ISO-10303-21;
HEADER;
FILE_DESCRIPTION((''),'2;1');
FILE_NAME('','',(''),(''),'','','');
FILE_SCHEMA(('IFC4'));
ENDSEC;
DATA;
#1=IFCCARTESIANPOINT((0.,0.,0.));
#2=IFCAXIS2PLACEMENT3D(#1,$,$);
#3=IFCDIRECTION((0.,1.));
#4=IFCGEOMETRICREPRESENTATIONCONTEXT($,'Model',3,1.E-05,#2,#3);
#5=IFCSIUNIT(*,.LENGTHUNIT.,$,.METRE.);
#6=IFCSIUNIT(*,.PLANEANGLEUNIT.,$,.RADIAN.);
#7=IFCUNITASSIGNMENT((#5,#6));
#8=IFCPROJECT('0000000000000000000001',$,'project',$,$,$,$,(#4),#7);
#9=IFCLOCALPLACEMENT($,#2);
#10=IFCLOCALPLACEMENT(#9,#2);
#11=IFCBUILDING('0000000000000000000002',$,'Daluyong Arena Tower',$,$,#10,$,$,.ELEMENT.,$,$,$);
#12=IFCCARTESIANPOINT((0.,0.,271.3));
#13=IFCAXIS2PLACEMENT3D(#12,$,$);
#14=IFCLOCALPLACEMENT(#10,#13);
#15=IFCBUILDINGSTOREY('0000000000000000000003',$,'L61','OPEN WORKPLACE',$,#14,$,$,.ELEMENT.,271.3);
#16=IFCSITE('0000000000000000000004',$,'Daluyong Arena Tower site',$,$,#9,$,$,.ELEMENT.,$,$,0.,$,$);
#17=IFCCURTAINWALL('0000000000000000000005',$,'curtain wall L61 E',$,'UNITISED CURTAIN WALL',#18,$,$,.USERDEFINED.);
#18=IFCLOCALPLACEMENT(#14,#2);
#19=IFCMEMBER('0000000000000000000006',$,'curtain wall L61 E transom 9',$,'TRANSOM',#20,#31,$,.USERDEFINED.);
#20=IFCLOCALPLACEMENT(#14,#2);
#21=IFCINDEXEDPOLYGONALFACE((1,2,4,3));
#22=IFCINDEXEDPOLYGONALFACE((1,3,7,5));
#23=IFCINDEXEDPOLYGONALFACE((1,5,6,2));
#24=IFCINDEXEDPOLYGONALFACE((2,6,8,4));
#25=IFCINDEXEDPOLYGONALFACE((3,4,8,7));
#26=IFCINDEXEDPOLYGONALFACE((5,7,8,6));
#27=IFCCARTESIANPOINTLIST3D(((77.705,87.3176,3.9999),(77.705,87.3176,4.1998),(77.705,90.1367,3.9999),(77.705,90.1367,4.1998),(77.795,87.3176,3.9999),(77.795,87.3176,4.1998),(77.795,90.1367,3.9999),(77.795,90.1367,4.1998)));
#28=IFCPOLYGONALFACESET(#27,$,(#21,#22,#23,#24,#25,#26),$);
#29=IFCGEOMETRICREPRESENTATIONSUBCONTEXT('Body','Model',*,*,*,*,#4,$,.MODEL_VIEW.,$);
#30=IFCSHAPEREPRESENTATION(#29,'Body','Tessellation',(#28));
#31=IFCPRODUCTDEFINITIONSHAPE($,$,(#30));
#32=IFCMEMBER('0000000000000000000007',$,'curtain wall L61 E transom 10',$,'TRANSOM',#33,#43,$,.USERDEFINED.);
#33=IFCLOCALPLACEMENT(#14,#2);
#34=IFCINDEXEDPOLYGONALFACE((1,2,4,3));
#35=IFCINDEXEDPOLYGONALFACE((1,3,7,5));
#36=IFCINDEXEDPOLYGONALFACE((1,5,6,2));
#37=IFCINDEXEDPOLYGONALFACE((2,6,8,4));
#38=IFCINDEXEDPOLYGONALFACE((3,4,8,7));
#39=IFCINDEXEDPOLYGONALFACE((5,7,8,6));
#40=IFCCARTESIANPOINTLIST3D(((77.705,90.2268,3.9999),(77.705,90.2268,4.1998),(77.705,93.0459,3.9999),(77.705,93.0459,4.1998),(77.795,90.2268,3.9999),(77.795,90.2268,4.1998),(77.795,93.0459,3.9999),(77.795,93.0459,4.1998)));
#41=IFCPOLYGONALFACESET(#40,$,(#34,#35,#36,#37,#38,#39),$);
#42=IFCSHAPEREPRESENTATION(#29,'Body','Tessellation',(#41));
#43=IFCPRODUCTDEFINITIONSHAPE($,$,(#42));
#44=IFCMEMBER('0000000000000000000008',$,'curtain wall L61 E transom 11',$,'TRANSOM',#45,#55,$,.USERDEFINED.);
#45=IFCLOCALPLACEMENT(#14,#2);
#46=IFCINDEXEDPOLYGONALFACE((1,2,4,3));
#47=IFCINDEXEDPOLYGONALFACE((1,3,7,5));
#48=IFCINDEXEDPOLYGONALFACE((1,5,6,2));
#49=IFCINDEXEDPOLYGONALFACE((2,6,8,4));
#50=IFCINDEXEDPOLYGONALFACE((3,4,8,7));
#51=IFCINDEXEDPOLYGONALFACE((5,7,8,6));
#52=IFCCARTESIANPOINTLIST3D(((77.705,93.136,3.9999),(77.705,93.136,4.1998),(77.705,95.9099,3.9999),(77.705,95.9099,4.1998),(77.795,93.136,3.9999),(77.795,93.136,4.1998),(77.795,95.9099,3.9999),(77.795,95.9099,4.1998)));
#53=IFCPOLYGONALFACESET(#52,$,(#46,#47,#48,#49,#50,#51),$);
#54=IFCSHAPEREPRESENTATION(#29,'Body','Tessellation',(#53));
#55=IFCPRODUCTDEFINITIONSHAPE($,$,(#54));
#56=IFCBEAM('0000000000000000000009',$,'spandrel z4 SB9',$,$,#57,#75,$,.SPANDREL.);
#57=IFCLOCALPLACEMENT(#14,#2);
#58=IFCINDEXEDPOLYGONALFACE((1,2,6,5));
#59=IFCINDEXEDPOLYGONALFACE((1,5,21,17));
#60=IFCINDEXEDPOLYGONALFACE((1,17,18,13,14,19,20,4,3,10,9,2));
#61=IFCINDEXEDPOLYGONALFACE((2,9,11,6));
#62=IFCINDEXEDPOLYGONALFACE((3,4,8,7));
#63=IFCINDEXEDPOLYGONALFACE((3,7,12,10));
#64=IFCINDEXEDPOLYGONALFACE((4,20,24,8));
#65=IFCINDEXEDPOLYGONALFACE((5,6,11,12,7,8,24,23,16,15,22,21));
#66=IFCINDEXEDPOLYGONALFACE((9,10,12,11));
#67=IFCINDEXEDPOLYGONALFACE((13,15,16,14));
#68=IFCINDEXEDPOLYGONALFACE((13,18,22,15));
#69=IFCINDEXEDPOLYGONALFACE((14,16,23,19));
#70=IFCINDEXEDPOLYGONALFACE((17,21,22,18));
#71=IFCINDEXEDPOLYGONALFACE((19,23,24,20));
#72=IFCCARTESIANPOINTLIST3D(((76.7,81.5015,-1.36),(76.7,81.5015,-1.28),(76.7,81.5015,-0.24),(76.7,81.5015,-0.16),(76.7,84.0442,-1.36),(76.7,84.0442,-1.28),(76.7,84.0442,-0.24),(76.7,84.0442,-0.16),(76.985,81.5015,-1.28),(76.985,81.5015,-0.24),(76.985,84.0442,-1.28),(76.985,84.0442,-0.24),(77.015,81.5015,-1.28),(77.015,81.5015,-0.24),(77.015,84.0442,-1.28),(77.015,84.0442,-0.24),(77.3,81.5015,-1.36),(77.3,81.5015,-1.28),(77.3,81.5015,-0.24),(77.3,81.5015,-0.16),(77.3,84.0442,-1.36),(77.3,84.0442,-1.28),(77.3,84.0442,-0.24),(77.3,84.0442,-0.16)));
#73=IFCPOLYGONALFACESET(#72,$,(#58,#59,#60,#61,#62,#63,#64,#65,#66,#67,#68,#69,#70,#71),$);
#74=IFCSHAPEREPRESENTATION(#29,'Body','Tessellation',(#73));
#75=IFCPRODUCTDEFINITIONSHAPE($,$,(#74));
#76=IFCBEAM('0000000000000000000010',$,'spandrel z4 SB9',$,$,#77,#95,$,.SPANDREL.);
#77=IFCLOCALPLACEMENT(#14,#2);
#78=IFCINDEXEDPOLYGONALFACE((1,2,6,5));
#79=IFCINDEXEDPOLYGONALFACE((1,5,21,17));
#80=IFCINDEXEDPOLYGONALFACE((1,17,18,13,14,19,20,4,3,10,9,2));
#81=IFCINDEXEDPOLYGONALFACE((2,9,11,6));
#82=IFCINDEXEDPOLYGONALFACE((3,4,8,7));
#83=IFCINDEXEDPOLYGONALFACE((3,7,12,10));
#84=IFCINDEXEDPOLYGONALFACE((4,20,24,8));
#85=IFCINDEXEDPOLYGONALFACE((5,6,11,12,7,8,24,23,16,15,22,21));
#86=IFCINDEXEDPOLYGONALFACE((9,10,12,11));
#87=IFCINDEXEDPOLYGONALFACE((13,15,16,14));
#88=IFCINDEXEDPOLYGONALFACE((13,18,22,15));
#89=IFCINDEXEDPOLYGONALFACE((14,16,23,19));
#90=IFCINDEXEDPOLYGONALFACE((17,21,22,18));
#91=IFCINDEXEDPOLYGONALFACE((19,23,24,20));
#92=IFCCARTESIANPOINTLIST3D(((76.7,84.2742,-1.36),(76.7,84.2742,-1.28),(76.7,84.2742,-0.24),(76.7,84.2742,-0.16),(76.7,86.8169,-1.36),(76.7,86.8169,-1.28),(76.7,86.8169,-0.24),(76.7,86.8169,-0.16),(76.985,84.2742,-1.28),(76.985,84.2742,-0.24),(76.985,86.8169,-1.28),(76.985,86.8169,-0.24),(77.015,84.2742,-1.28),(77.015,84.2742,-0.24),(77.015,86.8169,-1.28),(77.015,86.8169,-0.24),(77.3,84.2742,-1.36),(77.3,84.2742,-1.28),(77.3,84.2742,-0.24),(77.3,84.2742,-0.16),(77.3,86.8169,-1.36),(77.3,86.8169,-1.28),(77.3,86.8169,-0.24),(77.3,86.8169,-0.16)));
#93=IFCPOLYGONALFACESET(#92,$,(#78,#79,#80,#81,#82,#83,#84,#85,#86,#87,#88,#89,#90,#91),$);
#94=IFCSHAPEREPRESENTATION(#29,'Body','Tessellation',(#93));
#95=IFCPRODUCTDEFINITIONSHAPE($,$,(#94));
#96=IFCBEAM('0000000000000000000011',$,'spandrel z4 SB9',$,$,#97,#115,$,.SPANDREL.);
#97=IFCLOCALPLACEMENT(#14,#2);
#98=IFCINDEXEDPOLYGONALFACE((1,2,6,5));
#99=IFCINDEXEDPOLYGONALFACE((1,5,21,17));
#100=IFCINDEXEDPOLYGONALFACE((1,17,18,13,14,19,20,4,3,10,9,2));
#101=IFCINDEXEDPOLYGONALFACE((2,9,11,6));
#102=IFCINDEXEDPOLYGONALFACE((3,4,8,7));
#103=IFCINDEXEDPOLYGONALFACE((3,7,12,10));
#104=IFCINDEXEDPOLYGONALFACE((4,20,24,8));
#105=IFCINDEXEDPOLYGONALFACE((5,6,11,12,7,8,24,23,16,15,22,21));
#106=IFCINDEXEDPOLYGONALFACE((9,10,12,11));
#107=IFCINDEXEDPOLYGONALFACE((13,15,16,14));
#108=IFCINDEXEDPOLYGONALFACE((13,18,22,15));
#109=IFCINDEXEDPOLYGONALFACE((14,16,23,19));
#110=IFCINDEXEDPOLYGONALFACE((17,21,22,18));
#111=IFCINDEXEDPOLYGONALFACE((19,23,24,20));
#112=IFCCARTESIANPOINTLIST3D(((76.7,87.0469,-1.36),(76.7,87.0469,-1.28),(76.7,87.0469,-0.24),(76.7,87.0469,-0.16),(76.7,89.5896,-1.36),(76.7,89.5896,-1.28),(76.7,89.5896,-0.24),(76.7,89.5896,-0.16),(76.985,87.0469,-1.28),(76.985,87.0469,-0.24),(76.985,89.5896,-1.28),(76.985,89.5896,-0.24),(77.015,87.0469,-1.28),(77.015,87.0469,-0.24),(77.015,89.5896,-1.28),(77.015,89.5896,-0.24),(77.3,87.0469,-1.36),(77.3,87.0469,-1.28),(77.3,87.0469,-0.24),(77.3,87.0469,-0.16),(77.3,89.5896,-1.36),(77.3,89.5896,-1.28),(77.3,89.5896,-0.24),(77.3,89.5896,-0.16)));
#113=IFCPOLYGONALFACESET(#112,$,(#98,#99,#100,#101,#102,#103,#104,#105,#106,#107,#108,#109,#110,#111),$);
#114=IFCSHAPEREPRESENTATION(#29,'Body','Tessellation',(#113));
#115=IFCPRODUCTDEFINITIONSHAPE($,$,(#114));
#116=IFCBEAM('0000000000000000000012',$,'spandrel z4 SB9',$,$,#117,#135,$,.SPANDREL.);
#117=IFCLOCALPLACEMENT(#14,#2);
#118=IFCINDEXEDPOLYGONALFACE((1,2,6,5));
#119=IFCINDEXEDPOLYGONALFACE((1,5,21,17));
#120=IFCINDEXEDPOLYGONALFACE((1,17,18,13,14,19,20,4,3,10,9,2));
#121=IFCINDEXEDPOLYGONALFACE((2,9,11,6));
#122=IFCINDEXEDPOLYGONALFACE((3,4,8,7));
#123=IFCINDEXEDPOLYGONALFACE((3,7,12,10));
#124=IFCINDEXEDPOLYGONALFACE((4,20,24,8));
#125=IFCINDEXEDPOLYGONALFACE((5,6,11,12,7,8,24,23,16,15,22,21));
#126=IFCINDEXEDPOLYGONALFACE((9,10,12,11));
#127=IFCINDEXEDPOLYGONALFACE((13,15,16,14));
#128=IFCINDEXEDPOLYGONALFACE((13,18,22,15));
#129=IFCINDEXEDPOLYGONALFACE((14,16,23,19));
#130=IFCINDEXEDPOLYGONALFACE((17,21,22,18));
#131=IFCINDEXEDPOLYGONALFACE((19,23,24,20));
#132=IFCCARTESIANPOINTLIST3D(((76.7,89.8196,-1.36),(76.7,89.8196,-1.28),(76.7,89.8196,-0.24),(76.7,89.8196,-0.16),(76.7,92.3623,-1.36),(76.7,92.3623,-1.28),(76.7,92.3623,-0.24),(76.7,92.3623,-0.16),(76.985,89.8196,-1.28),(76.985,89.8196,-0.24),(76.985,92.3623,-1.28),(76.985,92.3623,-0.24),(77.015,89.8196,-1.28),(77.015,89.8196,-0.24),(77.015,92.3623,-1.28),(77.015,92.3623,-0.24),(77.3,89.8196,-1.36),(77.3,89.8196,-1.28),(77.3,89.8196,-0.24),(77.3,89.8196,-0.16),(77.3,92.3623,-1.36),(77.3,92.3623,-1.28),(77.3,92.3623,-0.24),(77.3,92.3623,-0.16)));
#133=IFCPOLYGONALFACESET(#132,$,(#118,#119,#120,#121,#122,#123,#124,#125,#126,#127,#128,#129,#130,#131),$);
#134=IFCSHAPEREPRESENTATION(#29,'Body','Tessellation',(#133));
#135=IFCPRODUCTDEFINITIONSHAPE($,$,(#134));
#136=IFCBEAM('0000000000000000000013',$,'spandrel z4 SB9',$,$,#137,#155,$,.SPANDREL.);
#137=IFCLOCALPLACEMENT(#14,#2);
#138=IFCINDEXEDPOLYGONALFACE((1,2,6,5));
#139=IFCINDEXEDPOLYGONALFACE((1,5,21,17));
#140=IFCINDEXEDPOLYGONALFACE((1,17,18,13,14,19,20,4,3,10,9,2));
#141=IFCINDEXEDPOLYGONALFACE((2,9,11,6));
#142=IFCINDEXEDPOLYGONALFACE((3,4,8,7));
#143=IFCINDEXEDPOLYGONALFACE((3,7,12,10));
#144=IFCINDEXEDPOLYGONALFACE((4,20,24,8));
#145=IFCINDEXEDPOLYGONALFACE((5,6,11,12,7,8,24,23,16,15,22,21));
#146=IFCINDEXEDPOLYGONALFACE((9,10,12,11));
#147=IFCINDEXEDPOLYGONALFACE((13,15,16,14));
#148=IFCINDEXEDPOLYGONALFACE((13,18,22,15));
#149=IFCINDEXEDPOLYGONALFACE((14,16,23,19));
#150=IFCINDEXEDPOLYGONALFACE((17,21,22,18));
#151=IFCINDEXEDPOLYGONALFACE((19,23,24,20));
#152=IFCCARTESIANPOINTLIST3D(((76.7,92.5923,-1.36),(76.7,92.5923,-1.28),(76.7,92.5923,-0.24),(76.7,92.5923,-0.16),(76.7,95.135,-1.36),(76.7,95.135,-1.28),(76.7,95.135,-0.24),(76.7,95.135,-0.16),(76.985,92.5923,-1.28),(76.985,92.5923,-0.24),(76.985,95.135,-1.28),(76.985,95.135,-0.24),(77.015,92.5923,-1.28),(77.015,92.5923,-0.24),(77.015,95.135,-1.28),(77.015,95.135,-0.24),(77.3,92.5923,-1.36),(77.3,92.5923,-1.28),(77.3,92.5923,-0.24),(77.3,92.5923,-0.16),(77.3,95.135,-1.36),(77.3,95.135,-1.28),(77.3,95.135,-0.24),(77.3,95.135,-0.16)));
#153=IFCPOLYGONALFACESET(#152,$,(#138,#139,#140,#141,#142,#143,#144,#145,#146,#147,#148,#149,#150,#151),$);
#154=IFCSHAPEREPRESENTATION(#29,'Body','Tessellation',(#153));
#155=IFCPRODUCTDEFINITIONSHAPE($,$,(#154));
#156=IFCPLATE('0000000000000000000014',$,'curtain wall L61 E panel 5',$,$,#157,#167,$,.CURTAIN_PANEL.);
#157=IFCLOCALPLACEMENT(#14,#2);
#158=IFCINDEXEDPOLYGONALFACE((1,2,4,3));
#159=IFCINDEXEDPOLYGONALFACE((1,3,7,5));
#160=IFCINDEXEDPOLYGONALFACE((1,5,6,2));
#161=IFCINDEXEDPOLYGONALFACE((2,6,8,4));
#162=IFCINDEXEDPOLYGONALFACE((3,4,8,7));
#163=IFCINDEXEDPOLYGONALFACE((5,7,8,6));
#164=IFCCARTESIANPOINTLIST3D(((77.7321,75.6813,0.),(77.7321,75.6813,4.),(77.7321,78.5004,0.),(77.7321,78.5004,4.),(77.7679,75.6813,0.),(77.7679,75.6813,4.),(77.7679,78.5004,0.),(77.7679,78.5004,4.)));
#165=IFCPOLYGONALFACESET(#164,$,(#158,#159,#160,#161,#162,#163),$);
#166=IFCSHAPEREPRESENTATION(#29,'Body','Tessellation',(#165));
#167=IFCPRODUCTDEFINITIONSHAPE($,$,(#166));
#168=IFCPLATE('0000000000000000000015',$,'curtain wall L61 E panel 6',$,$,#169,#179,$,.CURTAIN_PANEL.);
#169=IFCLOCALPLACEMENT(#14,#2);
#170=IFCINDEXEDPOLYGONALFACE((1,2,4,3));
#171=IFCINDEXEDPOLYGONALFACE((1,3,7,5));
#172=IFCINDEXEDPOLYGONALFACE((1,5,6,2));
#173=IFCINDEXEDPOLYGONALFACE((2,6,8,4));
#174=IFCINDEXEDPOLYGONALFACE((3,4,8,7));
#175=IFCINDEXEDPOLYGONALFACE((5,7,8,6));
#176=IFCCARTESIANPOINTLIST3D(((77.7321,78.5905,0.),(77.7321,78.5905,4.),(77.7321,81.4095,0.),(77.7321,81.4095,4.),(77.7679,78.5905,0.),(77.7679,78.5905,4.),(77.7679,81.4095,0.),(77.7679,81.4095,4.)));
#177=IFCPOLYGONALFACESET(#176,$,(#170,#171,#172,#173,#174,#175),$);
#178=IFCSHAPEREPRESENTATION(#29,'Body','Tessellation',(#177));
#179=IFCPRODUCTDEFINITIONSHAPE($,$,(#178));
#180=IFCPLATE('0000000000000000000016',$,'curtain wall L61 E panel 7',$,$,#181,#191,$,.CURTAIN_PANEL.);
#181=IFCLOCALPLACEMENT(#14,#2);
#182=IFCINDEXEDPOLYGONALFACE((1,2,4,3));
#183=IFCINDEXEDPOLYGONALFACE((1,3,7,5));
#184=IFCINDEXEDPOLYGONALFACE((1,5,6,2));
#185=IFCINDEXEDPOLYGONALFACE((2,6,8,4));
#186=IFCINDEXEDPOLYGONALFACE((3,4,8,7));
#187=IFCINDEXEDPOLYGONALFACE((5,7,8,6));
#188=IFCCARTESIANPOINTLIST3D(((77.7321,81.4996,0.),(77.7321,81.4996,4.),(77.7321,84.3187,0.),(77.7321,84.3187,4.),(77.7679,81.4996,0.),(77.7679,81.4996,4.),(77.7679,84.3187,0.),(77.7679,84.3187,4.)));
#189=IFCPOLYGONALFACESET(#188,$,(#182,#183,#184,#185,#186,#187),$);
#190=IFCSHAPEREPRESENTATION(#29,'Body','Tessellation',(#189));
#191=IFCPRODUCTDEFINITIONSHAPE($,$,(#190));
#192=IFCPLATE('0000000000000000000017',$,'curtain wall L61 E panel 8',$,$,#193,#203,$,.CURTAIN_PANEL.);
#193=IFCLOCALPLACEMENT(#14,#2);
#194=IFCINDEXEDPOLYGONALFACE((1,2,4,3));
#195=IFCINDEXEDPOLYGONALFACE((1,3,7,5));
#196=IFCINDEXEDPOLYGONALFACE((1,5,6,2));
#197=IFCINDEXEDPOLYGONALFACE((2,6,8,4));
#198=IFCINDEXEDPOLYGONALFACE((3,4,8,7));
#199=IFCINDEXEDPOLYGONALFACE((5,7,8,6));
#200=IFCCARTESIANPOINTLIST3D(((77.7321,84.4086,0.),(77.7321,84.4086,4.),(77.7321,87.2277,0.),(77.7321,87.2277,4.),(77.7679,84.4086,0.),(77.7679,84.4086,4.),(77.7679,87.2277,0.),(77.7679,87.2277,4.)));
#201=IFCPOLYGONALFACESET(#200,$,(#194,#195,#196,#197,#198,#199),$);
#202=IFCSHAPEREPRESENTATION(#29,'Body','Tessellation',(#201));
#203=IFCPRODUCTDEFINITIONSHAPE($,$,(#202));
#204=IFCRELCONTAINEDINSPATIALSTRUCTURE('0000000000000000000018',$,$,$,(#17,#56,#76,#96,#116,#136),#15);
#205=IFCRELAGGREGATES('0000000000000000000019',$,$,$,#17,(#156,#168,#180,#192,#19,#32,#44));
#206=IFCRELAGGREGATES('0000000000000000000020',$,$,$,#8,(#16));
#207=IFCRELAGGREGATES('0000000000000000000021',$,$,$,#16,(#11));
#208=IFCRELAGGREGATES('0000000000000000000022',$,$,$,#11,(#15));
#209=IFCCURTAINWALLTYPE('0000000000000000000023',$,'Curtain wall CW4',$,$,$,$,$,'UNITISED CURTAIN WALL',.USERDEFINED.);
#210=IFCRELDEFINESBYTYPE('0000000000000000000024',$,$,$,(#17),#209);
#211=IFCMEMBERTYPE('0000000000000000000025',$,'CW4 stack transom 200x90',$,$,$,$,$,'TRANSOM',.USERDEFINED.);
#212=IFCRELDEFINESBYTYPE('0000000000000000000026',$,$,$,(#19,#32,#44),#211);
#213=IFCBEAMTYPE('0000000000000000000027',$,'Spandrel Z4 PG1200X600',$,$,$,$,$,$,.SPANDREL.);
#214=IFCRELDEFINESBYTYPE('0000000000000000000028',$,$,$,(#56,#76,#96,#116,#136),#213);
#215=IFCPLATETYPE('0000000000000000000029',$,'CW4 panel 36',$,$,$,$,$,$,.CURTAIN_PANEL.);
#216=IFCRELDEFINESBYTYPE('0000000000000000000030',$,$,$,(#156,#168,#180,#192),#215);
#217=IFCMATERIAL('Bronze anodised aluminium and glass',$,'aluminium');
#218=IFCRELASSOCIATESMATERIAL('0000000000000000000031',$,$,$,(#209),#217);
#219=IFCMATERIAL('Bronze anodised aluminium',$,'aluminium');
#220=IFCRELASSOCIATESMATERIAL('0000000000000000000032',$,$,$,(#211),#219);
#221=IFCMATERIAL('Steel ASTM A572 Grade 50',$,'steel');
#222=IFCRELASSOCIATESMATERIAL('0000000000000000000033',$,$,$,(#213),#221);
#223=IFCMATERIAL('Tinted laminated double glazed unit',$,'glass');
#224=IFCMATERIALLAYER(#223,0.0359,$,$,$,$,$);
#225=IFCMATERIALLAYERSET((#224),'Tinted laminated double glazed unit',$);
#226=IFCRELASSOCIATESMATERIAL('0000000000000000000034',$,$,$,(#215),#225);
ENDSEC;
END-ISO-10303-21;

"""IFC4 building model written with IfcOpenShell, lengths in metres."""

from ifc_helpers import new_model, si_unit, direction, frame, origin, origin_2d, place, context, subcontext, project, spatial, rectangle, i_section, extrude, material, layer, layer_set, material_profile, profile_set, type_object, element, aggregate, save


model = new_model("IFC4")

# Units and contexts
model_context = context("Model", 3, precision=1e-05, world=origin(), true_north=direction((0.0, 1.0)))
body_context = subcontext(model_context, "Body", "Model", "MODEL_VIEW")
ifc_project = project(units=[si_unit("LENGTHUNIT", "METRE"), si_unit("PLANEANGLEUNIT", "RADIAN")], contexts=[model_context])

# Site, building, storey
site_placement = place(None, origin())
site = spatial("IfcSite", under=ifc_project, at=site_placement, Name="Daluyong Arena Tower site", CompositionType="ELEMENT", RefElevation=0.0)
building_placement = place(site_placement, origin())
building = spatial("IfcBuilding", under=site, at=building_placement, Name="Daluyong Arena Tower", CompositionType="ELEMENT")
storey_placement = place(building_placement, frame((0.0, 0.0, 271.3)))
storey = spatial("IfcBuildingStorey", under=building, at=storey_placement, Name="L61", Description="OPEN WORKPLACE", CompositionType="ELEMENT", Elevation=271.3)

# Curtain wall, members
ifc_material_1 = material(Name="Bronze anodised aluminium and glass", Category="aluminium")
curtain_wall_type = type_object("IfcCurtainWallType", Name="Curtain wall CW4", ElementType="UNITISED CURTAIN WALL", PredefinedType="USERDEFINED", material=ifc_material_1)
curtain_wall_placement = place(storey_placement, origin())
curtain_wall = element("IfcCurtainWall", 1, at=curtain_wall_placement, inside=storey, type_object=curtain_wall_type, Name="curtain wall L61 E", ObjectType="UNITISED CURTAIN WALL", PredefinedType="USERDEFINED")
ifc_material_2 = material(Name="Bronze anodised aluminium", Category="aluminium")
ifc_material_profile_1 = material_profile(ifc_material_2, rectangle(XDim=0.0901, YDim=0.2, at=origin_2d()))
ifc_profile_set_1 = profile_set([ifc_material_profile_1], Name="Bronze anodised aluminium")
member_type_1 = type_object("IfcMemberType", Name="CW4 stack transom 200x90", ElementType="TRANSOM", PredefinedType="USERDEFINED", material=ifc_profile_set_1)
member_1_placement = place(storey_placement, frame((77.75, 87.3176, 4.0999), z_axis=(0.0, 1.0, 0.0), x_axis=(-1.0, 0.0, 0.0)))
member_1 = element("IfcMember", 2, at=member_1_placement, type_object=member_type_1, Name="curtain wall L61 E transom 9", ObjectType="TRANSOM", PredefinedType="USERDEFINED", context=body_context, shape_type="SweptSolid", body=[
    extrude(rectangle(XDim=0.0901, YDim=0.2, at=origin_2d()), origin(), (0.0, 0.0, 1.0), 2.8191),
])
member_2_placement = place(storey_placement, frame((77.75, 90.2268, 4.0999), z_axis=(0.0, 1.0, 0.0), x_axis=(-1.0, 0.0, 0.0)))
member_2 = element("IfcMember", 3, at=member_2_placement, type_object=member_type_1, Name="curtain wall L61 E transom 10", ObjectType="TRANSOM", PredefinedType="USERDEFINED", context=body_context, shape_type="SweptSolid", body=[
    extrude(rectangle(XDim=0.0901, YDim=0.2, at=origin_2d()), origin(), (0.0, 0.0, 1.0), 2.8191),
])
member_3_placement = place(storey_placement, frame((77.75, 93.136, 4.0999), z_axis=(0.0, 1.0, 0.0), x_axis=(-1.0, 0.0, 0.0)))
member_3 = element("IfcMember", 4, at=member_3_placement, type_object=member_type_1, Name="curtain wall L61 E transom 11", ObjectType="TRANSOM", PredefinedType="USERDEFINED", context=body_context, shape_type="SweptSolid", body=[
    extrude(rectangle(XDim=0.0901, YDim=0.2, at=origin_2d()), origin(), (0.0, 0.0, 1.0), 2.7739),
])

# Beams
ifc_material_3 = material(Name="Steel ASTM A572 Grade 50", Category="steel")
ifc_material_profile_2 = material_profile(ifc_material_3, i_section(OverallWidth=0.6001, OverallDepth=1.2, WebThickness=0.03, FlangeThickness=0.08, at=origin_2d()))
ifc_profile_set_2 = profile_set([ifc_material_profile_2], Name="Steel ASTM A572 Grade 50")
beam_type = type_object("IfcBeamType", Name="Spandrel Z4 PG1200X600", PredefinedType="SPANDREL", material=ifc_profile_set_2)
for number, where, z_axis, x_axis, name in (
    (5, (77.0, 81.5015, -0.76), (0.0, 1.0, 0.0), (-1.0, 0.0, 0.0), "spandrel z4 SB9"),
    (6, (77.0, 84.2742, -0.76), (0.0, 1.0, 0.0), (-1.0, 0.0, 0.0), "spandrel z4 SB9"),
    (7, (77.0, 87.0469, -0.76), (0.0, 1.0, 0.0), (-1.0, 0.0, 0.0), "spandrel z4 SB9"),
    (8, (77.0, 89.8196, -0.76), (0.0, 1.0, 0.0), (-1.0, 0.0, 0.0), "spandrel z4 SB9"),
    (9, (77.0, 92.5923, -0.76), (0.0, 1.0, 0.0), (-1.0, 0.0, 0.0), "spandrel z4 SB9"),
):
    element("IfcBeam", number, at=place(storey_placement, frame(where, z_axis=z_axis, x_axis=x_axis)), inside=storey, type_object=beam_type, Name=name, PredefinedType="SPANDREL", context=body_context, shape_type="SweptSolid", body=[
        extrude(i_section(OverallWidth=0.6001, OverallDepth=1.2, WebThickness=0.03, FlangeThickness=0.08, at=origin_2d()), origin(), (0.0, 0.0, 1.0), 2.5427),
    ])

# Plates
ifc_material_4 = material(Name="Tinted laminated double glazed unit", Category="glass")
ifc_layer = layer(ifc_material_4, 0.0359)
ifc_layer_set = layer_set([ifc_layer], Name="Tinted laminated double glazed unit")
plate_type = type_object("IfcPlateType", Name="CW4 panel 36", PredefinedType="CURTAIN_PANEL", material=ifc_layer_set)
plate_1_placement = place(storey_placement, frame((77.75, 77.0908, 0.0), z_axis=(0.0, 0.0, 1.0), x_axis=(0.0, 1.0, 0.0)))
plate_1 = element("IfcPlate", 10, at=plate_1_placement, type_object=plate_type, Name="curtain wall L61 E panel 5", PredefinedType="CURTAIN_PANEL", context=body_context, shape_type="SweptSolid", body=[
    extrude(rectangle(XDim=2.8191, YDim=0.0359, at=origin_2d()), origin(), (0.0, 0.0, 1.0), 4.0),
])
plate_2_placement = place(storey_placement, frame((77.75, 80.0, 0.0), z_axis=(0.0, 0.0, 1.0), x_axis=(0.0, 1.0, 0.0)))
plate_2 = element("IfcPlate", 11, at=plate_2_placement, type_object=plate_type, Name="curtain wall L61 E panel 6", PredefinedType="CURTAIN_PANEL", context=body_context, shape_type="SweptSolid", body=[
    extrude(rectangle(XDim=2.8191, YDim=0.0359, at=origin_2d()), origin(), (0.0, 0.0, 1.0), 4.0),
])
plate_3_placement = place(storey_placement, frame((77.75, 82.9092, 0.0), z_axis=(0.0, 0.0, 1.0), x_axis=(0.0, 1.0, 0.0)))
plate_3 = element("IfcPlate", 12, at=plate_3_placement, type_object=plate_type, Name="curtain wall L61 E panel 7", PredefinedType="CURTAIN_PANEL", context=body_context, shape_type="SweptSolid", body=[
    extrude(rectangle(XDim=2.8191, YDim=0.0359, at=origin_2d()), origin(), (0.0, 0.0, 1.0), 4.0),
])
plate_4_placement = place(storey_placement, frame((77.75, 85.8181, 0.0), z_axis=(0.0, 0.0, 1.0), x_axis=(0.0, 1.0, 0.0)))
plate_4 = element("IfcPlate", 13, at=plate_4_placement, type_object=plate_type, Name="curtain wall L61 E panel 8", PredefinedType="CURTAIN_PANEL", context=body_context, shape_type="SweptSolid", body=[
    extrude(rectangle(XDim=2.8191, YDim=0.0359, at=origin_2d()), origin(), (0.0, 0.0, 1.0), 4.0),
])
aggregate(curtain_wall, [plate_1, plate_2, plate_3, plate_4, member_1, member_2, member_3])

save(model, "model.ifc")
